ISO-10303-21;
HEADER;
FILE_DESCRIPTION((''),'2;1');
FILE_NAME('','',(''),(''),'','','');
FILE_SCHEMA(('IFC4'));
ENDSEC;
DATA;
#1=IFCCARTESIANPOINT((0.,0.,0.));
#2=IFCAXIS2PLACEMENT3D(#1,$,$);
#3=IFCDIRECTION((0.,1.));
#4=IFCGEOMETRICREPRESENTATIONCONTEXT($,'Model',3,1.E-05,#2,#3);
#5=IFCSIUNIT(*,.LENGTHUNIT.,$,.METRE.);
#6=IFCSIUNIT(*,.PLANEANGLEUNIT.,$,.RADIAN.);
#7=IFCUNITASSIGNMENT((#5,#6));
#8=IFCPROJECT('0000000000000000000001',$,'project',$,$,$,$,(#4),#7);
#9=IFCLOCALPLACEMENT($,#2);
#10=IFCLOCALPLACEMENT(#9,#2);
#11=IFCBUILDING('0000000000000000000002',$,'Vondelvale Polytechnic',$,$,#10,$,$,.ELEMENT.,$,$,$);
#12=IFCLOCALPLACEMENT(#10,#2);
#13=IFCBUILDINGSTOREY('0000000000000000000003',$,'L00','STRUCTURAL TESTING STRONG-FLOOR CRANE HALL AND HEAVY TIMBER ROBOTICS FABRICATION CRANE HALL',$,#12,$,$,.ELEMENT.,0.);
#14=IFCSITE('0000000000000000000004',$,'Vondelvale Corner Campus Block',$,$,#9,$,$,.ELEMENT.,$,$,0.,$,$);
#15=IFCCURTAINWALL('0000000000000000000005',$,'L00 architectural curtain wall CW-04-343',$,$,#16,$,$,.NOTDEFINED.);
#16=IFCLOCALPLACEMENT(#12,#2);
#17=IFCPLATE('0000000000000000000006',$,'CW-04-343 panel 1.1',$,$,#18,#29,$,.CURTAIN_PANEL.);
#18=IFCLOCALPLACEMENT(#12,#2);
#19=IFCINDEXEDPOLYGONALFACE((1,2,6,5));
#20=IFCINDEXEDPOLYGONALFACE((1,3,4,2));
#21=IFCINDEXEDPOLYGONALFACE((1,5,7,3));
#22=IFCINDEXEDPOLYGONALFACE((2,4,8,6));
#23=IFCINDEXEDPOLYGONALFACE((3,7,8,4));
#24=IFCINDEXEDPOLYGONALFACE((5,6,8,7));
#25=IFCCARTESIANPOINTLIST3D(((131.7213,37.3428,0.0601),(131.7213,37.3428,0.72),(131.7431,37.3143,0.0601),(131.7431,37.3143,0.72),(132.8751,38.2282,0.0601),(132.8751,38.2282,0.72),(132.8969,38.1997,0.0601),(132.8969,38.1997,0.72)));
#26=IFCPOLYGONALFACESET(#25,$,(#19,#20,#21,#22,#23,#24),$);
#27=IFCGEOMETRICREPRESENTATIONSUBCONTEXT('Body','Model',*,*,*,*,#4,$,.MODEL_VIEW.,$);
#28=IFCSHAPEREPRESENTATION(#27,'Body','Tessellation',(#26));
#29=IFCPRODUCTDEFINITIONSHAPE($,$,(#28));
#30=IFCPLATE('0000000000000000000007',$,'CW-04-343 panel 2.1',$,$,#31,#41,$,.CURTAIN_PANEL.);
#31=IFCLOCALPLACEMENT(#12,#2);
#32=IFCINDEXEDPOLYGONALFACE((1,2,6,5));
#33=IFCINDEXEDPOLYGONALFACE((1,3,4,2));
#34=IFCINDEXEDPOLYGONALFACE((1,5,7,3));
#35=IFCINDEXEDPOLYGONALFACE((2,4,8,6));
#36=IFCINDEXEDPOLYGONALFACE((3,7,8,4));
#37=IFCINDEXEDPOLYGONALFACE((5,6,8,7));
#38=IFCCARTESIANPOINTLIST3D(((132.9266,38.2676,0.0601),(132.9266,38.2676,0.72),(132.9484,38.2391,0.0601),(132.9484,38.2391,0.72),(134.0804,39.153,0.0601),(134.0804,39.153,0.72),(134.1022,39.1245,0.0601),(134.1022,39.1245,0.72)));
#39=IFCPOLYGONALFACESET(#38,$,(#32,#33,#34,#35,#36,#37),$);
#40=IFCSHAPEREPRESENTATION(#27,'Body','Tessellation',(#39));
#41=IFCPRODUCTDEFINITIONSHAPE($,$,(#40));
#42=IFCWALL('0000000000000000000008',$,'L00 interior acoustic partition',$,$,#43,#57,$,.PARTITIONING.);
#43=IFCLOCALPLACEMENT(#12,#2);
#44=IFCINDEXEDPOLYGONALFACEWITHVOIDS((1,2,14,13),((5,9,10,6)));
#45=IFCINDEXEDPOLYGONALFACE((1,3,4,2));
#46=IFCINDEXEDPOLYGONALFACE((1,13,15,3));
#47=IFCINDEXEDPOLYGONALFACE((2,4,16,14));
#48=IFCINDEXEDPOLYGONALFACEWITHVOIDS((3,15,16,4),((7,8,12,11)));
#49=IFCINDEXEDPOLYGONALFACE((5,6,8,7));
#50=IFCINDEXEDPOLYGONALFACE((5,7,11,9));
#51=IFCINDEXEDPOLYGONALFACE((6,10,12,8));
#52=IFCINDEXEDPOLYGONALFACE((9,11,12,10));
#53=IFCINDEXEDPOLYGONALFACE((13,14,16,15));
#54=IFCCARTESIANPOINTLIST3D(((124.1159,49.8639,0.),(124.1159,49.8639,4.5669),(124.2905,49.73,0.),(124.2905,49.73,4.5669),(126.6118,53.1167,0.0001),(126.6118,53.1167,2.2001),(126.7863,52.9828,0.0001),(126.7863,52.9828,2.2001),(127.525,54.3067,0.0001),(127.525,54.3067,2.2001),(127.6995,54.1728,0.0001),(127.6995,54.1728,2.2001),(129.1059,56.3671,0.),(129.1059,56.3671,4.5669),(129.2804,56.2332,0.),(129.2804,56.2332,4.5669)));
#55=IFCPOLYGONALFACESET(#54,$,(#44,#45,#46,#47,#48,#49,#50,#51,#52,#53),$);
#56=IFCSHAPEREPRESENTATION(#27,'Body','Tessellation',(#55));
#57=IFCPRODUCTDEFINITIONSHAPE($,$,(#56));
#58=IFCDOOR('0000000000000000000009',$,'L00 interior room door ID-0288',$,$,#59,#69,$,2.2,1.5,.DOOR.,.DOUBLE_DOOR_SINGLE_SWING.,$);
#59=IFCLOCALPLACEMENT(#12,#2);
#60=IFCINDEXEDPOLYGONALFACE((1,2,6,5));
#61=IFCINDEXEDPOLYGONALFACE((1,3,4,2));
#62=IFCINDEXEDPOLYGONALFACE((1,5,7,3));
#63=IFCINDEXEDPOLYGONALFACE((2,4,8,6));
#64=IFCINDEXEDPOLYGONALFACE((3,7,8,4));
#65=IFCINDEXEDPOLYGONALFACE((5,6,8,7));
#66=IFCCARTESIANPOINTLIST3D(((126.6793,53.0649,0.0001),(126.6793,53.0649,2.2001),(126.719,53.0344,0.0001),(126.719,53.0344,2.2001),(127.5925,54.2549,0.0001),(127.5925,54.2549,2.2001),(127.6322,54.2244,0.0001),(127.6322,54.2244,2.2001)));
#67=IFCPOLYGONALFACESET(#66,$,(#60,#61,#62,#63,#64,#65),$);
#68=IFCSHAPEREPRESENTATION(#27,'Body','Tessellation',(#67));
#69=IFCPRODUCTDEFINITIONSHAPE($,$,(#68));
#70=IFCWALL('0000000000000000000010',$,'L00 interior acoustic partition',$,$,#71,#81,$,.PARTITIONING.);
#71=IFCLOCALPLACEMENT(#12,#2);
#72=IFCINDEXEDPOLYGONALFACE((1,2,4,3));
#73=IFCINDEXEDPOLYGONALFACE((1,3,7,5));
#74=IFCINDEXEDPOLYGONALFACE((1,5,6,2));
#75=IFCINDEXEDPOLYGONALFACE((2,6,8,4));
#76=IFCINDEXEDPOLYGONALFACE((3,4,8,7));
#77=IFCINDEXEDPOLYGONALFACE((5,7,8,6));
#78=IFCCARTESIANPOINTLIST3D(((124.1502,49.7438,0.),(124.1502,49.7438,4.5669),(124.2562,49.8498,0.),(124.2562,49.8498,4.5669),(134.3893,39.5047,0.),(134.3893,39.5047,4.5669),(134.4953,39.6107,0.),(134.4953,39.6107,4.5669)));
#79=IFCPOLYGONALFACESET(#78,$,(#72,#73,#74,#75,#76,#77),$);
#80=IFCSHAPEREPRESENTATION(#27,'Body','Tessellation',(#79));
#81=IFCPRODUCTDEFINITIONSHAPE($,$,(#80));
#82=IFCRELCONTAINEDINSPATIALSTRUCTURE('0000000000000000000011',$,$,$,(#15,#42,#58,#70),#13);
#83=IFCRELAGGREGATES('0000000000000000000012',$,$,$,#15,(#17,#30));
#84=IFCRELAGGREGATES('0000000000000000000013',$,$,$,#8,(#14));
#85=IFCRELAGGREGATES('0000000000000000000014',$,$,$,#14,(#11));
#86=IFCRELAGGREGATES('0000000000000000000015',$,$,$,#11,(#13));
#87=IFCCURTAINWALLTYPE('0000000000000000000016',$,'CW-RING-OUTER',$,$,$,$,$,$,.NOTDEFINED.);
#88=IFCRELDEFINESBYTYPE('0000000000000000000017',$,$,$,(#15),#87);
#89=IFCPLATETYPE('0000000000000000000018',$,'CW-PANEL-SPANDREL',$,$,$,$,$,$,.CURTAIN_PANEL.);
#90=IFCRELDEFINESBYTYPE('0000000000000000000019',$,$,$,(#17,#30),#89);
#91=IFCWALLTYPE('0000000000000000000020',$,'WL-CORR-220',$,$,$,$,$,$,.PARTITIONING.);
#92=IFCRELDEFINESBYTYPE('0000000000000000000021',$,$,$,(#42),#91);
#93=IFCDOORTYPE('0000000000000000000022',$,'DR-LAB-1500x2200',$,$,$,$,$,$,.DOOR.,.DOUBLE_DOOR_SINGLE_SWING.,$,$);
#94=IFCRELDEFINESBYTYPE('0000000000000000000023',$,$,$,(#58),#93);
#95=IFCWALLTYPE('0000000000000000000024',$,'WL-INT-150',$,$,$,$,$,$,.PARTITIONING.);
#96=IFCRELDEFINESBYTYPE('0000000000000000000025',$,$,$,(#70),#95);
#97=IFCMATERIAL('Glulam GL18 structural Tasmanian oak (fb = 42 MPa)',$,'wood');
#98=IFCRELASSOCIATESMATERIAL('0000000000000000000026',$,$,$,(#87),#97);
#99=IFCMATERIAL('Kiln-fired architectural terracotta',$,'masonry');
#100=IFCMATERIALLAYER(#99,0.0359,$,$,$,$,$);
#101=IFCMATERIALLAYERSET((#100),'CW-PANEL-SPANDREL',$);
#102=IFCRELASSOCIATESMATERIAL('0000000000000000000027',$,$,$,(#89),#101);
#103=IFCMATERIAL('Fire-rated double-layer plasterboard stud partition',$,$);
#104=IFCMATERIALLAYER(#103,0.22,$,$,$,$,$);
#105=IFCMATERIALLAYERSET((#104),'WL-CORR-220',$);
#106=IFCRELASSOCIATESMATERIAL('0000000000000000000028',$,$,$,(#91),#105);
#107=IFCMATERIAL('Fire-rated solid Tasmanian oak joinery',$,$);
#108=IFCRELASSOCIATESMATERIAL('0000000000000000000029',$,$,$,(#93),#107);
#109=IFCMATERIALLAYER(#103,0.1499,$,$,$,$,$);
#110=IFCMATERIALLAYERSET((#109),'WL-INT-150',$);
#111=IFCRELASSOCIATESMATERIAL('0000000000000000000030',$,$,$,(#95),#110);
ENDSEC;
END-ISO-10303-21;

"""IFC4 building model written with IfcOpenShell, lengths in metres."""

from ifc_helpers import new_model, si_unit, direction, frame, frame_2d, origin, origin_2d, place, context, subcontext, project, spatial, rectangle, extrude, material, layer, layer_set, type_object, element, fill, aggregate, save


model = new_model("IFC4")

# Units and contexts
model_context = context("Model", 3, precision=1e-05, world=origin(), true_north=direction((0.0, 1.0)))
body_context = subcontext(model_context, "Body", "Model", "MODEL_VIEW")
ifc_project = project(units=[si_unit("LENGTHUNIT", "METRE"), si_unit("PLANEANGLEUNIT", "RADIAN")], contexts=[model_context])

# Site, building, storey
site_placement = place(None, origin())
site = spatial("IfcSite", under=ifc_project, at=site_placement, Name="Vondelvale Corner Campus Block", CompositionType="ELEMENT", RefElevation=0.0)
building_placement = place(site_placement, origin())
building = spatial("IfcBuilding", under=site, at=building_placement, Name="Vondelvale Polytechnic", CompositionType="ELEMENT")
storey_placement = place(building_placement, origin())
storey = spatial("IfcBuildingStorey", under=building, at=storey_placement, Name="L00", Description="STRUCTURAL TESTING STRONG-FLOOR CRANE HALL AND HEAVY TIMBER ROBOTICS FABRICATION CRANE HALL", CompositionType="ELEMENT", Elevation=0.0)

# Curtain wall
ifc_material_1 = material(Name="Glulam GL18 structural Tasmanian oak (fb = 42 MPa)", Category="wood")
curtain_wall_type_1 = type_object("IfcCurtainWallType", Name="CW-RING-OUTER", PredefinedType="NOTDEFINED", material=ifc_material_1)
curtain_wall_1_placement = place(storey_placement, origin())
curtain_wall_1 = element("IfcCurtainWall", 1, at=curtain_wall_1_placement, inside=storey, type_object=curtain_wall_type_1, Name="L00 architectural curtain wall CW-04-343", PredefinedType="NOTDEFINED")

# Plates
ifc_material_2 = material(Name="Kiln-fired architectural terracotta", Category="masonry")
ifc_layer_1 = layer(ifc_material_2, 0.0359)
ifc_layer_set_1 = layer_set([ifc_layer_1], Name="CW-PANEL-SPANDREL")
plate_type_1 = type_object("IfcPlateType", Name="CW-PANEL-SPANDREL", PredefinedType="CURTAIN_PANEL", material=ifc_layer_set_1)
plate_1_placement = place(storey_placement, frame((132.3091, 37.7712, 0.0601), z_axis=(0.0, 0.0, 1.0), x_axis=(0.793352, 0.608764, 0.0)))
plate_1 = element("IfcPlate", 2, at=plate_1_placement, type_object=plate_type_1, Name="CW-04-343 panel 1.1", PredefinedType="CURTAIN_PANEL", context=body_context, shape_type="SweptSolid", body=[
    extrude(rectangle(XDim=1.4543, YDim=0.0359, at=origin_2d()), origin(), (0.0, 0.0, 1.0), 0.6599),
])
plate_2_placement = place(storey_placement, frame((133.5144, 38.696, 0.0601), z_axis=(0.0, 0.0, 1.0), x_axis=(0.793352, 0.608764, 0.0)))
plate_2 = element("IfcPlate", 3, at=plate_2_placement, type_object=plate_type_1, Name="CW-04-343 panel 2.1", PredefinedType="CURTAIN_PANEL", context=body_context, shape_type="SweptSolid", body=[
    extrude(rectangle(XDim=1.4543, YDim=0.0359, at=origin_2d()), origin(), (0.0, 0.0, 1.0), 0.6599),
])
aggregate(curtain_wall_1, [plate_1, plate_2])

# Wall, opening, door
ifc_material_3 = material(Name="Fire-rated double-layer plasterboard stud partition")
ifc_layer_2 = layer(ifc_material_3, 0.22)
ifc_layer_set_2 = layer_set([ifc_layer_2], Name="WL-CORR-220")
wall_type_1 = type_object("IfcWallType", Name="WL-CORR-220", PredefinedType="PARTITIONING", material=ifc_layer_set_2)
wall_1_placement = place(storey_placement, frame((124.2031, 49.7969, 0.0), z_axis=(0.0, 0.0, 1.0), x_axis=(0.608756, 0.793357, 0.0)))
wall_1 = element("IfcWall", 4, at=wall_1_placement, inside=storey, type_object=wall_type_1, Name="L00 interior acoustic partition", PredefinedType="PARTITIONING", context=body_context, shape_type="SweptSolid", body=[
    extrude(rectangle(XDim=8.197, YDim=0.22, at=frame_2d((4.0986, 0.0))), origin(), (0.0, 0.0, 1.0), 4.5669),
])
opening_placement = place(wall_1_placement, frame((4.1001, 0.0, 0.0)))
opening = element("IfcOpeningElement", 5, at=opening_placement, cuts=wall_1, PredefinedType="OPENING", context=body_context, shape_type="SweptSolid", body=[
    extrude(rectangle(XDim=1.5, YDim=2.2, at=frame_2d((0.75, 1.1001))), frame((0.0, 0.1199, 0.0), z_axis=(0.0, -1.0, 0.0), x_axis=(1.0, 0.0, 0.0)), (0.0, 0.0, 1.0), 0.24),
])
ifc_material_4 = material(Name="Fire-rated solid Tasmanian oak joinery")
door_type = type_object("IfcDoorType", Name="DR-LAB-1500x2200", OperationType="DOUBLE_DOOR_SINGLE_SWING", PredefinedType="DOOR", material=ifc_material_4)
door_placement = place(opening_placement, origin())
door = element("IfcDoor", 6, at=door_placement, inside=storey, type_object=door_type, Name="L00 interior room door ID-0288", OperationType="DOUBLE_DOOR_SINGLE_SWING", OverallHeight=2.2, OverallWidth=1.5, PredefinedType="DOOR", context=body_context, shape_type="SweptSolid", body=[
    extrude(rectangle(XDim=1.5, YDim=2.2, at=frame_2d((0.75, 1.1001))), frame((0.0, 0.0249, 0.0), z_axis=(0.0, -1.0, 0.0), x_axis=(1.0, 0.0, 0.0)), (0.0, 0.0, 1.0), 0.05),
])
fill(opening, door)

# Wall
ifc_layer_3 = layer(ifc_material_3, 0.1499)
ifc_layer_set_3 = layer_set([ifc_layer_3], Name="WL-INT-150")
wall_type_2 = type_object("IfcWallType", Name="WL-INT-150", PredefinedType="PARTITIONING", material=ifc_layer_set_3)
wall_2_placement = place(storey_placement, frame((124.2031, 49.7969, 0.0), z_axis=(0.0, 0.0, 1.0), x_axis=(0.707107, -0.707107, 0.0)))
element("IfcWall", 7, at=wall_2_placement, inside=storey, type_object=wall_type_2, Name="L00 interior acoustic partition", PredefinedType="PARTITIONING", context=body_context, shape_type="SweptSolid", body=[
    extrude(rectangle(XDim=14.4802, YDim=0.1499, at=frame_2d((7.2402, 0.0))), origin(), (0.0, 0.0, 1.0), 4.5669),
])

save(model, "model.ifc")
